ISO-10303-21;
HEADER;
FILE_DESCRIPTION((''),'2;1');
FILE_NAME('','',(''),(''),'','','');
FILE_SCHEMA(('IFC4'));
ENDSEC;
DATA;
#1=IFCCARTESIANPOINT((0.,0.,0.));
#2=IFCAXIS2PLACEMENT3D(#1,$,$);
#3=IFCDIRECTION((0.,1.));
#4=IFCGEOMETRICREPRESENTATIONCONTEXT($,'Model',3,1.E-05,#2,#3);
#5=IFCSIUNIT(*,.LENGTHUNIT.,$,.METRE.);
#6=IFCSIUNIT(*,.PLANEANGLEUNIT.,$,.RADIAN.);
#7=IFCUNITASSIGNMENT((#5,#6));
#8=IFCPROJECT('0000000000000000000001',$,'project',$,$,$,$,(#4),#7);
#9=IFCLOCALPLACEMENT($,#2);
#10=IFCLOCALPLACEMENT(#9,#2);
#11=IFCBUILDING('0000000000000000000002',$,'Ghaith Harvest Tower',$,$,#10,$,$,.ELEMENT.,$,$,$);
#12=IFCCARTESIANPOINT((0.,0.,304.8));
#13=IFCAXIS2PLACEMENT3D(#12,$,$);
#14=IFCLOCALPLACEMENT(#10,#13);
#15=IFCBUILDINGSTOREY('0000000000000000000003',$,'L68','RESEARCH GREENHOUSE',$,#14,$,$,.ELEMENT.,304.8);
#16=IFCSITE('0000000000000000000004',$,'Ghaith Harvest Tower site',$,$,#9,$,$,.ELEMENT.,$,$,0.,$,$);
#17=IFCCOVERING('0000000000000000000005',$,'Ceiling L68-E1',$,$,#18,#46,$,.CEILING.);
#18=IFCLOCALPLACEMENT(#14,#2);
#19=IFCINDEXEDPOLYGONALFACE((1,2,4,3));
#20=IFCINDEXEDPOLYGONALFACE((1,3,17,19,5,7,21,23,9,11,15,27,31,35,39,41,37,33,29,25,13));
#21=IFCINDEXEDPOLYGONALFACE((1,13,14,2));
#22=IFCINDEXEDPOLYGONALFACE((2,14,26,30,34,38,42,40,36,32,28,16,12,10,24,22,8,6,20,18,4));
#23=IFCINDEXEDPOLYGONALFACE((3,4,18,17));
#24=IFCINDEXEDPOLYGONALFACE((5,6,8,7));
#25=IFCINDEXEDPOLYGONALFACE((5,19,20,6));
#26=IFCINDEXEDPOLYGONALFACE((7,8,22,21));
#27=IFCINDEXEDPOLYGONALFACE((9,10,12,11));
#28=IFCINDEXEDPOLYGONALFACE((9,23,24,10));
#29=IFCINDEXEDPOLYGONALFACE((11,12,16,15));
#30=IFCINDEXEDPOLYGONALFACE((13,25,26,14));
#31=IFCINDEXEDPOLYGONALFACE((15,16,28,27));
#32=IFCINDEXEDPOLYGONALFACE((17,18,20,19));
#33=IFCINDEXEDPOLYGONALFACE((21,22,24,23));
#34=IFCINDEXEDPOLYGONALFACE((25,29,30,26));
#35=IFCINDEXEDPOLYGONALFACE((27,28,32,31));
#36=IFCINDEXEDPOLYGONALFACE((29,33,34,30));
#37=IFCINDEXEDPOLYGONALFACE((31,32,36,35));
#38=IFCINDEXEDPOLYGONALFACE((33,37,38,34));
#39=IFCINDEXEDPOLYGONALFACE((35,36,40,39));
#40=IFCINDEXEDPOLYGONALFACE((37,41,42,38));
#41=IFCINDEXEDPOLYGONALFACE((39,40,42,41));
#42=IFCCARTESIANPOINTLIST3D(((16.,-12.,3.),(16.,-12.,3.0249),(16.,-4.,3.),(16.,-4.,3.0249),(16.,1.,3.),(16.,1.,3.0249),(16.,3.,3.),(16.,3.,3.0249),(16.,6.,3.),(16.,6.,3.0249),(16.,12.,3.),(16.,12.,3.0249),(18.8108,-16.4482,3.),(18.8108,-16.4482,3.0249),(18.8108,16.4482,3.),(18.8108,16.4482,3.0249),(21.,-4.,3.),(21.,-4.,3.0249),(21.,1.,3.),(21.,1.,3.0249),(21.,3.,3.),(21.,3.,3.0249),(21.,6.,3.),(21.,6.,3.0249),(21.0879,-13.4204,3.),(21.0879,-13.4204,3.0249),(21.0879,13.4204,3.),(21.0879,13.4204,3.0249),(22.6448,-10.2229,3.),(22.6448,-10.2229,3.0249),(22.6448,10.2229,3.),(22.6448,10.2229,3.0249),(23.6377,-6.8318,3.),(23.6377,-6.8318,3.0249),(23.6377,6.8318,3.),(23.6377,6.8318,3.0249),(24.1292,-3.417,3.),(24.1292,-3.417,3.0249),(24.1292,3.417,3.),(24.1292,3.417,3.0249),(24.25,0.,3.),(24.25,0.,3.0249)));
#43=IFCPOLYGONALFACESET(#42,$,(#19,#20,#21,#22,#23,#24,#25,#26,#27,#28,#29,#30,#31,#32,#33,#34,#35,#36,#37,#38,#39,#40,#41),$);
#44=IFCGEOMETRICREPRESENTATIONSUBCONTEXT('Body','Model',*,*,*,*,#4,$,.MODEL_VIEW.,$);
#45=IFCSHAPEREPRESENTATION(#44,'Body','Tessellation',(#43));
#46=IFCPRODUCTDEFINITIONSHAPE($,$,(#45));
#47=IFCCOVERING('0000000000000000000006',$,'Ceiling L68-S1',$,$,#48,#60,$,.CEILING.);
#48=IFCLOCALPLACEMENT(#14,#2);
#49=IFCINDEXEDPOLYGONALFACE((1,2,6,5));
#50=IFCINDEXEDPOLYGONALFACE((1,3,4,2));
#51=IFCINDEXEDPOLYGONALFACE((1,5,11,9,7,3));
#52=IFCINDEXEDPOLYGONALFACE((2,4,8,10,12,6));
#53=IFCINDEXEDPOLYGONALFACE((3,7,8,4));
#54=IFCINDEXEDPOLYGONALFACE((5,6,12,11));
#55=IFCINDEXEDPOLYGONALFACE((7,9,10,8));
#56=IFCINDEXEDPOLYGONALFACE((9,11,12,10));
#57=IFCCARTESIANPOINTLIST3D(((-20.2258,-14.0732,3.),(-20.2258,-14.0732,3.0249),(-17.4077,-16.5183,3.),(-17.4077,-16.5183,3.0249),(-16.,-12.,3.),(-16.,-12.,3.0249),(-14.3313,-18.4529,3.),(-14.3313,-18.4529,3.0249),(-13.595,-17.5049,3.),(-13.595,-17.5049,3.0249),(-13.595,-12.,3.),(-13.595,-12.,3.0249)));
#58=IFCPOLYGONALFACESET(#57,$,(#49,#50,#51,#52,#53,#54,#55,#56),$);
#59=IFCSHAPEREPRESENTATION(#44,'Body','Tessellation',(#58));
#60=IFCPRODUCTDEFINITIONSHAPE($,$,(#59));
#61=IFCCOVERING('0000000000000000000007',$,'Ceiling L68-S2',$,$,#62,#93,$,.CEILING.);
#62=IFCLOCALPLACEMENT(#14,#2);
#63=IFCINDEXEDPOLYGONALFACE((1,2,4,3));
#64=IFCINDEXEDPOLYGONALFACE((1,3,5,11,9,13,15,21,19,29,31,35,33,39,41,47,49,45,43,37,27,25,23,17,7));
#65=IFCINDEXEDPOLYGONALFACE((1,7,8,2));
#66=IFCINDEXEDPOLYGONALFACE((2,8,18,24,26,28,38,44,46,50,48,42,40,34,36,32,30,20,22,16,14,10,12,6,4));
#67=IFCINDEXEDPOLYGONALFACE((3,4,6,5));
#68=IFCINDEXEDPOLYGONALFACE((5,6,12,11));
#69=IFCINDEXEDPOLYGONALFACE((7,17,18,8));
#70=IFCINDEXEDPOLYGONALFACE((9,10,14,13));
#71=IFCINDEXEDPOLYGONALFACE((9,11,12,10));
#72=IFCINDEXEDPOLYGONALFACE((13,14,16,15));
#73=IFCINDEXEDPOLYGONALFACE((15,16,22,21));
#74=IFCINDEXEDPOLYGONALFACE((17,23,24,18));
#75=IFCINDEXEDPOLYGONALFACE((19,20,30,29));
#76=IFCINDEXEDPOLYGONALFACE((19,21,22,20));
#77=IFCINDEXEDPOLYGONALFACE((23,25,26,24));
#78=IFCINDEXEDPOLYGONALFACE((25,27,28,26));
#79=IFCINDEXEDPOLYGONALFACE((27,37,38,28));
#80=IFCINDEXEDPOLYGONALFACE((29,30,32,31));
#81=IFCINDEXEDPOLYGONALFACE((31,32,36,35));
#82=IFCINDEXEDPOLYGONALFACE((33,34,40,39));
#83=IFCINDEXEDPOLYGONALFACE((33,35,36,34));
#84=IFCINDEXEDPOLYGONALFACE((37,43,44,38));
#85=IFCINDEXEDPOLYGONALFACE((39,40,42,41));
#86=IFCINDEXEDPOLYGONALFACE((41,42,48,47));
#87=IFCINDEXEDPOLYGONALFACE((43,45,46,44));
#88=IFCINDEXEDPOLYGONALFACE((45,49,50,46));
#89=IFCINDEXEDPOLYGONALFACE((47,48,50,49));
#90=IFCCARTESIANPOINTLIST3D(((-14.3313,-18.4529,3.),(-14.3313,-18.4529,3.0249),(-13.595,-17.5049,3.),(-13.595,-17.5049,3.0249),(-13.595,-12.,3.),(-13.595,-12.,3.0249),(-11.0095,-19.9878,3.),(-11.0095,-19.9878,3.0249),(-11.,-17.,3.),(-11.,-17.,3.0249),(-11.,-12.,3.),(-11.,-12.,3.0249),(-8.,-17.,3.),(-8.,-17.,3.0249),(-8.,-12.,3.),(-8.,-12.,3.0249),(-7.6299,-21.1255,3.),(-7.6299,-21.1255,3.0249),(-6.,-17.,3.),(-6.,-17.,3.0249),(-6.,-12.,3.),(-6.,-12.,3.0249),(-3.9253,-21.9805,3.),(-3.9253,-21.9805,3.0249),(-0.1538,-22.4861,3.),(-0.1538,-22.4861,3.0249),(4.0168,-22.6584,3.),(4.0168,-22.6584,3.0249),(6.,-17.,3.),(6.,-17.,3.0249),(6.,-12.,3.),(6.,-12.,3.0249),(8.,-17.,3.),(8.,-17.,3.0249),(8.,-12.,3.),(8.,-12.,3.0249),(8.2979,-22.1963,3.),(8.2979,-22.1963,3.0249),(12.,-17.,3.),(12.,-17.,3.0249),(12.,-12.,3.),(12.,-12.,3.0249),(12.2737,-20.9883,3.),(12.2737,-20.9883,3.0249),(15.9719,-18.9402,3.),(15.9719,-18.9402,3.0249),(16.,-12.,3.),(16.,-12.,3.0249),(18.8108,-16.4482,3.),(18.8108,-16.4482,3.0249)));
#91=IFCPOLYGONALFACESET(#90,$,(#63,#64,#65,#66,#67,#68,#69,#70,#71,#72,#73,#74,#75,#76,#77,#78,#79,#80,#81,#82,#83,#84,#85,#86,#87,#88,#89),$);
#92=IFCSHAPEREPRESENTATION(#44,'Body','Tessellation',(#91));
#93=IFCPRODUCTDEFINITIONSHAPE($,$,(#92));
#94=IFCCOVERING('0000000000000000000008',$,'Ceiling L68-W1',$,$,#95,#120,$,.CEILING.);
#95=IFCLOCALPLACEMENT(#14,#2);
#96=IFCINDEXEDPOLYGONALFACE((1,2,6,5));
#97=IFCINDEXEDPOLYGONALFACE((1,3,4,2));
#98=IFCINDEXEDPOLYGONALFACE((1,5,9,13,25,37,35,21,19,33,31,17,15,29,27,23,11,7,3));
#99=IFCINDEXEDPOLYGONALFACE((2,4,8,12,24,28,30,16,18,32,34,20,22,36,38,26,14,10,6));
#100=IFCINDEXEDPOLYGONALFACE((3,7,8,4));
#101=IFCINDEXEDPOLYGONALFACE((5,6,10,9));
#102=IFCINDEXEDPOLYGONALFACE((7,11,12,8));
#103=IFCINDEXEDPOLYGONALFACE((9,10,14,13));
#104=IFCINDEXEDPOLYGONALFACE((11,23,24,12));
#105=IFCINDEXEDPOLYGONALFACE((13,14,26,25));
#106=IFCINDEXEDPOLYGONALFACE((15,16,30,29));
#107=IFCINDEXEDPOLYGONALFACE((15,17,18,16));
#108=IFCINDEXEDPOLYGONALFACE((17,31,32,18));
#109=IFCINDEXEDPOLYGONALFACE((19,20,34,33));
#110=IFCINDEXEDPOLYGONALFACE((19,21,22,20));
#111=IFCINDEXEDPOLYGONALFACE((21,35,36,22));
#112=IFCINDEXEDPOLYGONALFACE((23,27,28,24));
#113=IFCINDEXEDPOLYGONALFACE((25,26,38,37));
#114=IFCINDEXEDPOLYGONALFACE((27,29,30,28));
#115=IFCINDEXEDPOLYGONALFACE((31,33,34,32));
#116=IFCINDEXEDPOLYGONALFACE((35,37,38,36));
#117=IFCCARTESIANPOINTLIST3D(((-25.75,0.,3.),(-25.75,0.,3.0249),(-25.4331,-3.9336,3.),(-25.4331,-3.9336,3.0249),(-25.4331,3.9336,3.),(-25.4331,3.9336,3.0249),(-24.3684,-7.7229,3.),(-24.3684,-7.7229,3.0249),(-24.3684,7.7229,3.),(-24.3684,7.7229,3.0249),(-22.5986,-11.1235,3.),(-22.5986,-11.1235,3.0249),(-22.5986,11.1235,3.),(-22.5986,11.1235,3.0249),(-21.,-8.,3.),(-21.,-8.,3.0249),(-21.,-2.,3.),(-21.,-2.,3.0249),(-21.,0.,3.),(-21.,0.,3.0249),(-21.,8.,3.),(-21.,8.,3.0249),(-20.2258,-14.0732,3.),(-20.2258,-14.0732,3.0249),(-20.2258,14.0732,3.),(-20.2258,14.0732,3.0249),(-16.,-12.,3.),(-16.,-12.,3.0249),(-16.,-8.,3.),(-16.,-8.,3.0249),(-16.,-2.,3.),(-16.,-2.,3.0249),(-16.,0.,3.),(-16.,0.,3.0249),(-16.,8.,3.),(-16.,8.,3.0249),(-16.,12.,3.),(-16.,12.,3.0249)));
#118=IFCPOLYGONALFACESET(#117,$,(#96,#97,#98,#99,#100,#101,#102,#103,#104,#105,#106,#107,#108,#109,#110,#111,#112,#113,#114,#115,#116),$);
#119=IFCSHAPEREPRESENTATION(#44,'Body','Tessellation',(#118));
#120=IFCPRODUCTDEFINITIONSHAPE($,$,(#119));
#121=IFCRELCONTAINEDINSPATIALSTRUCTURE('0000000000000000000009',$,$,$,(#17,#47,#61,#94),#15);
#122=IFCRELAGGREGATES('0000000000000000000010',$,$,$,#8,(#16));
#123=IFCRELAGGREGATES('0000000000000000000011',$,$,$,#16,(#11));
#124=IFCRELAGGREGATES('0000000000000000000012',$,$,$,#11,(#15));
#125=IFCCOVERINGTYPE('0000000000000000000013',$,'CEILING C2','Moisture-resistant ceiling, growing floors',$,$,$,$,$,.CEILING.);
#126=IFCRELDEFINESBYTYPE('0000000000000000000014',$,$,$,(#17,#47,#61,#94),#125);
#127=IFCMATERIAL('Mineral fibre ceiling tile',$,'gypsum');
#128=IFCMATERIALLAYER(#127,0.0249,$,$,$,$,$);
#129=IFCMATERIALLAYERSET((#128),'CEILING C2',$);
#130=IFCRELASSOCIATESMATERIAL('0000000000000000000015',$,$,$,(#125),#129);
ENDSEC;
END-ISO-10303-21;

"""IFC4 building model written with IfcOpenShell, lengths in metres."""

from ifc_helpers import new_model, si_unit, direction, frame, origin, place, context, subcontext, project, spatial, polyline, outline, extrude, material, layer, layer_set, type_object, element, save


model = new_model("IFC4")

# Units and contexts
model_context = context("Model", 3, precision=1e-05, world=origin(), true_north=direction((0.0, 1.0)))
body_context = subcontext(model_context, "Body", "Model", "MODEL_VIEW")
ifc_project = project(units=[si_unit("LENGTHUNIT", "METRE"), si_unit("PLANEANGLEUNIT", "RADIAN")], contexts=[model_context])

# Site, building, storey
site_placement = place(None, origin())
site = spatial("IfcSite", under=ifc_project, at=site_placement, Name="Ghaith Harvest Tower site", CompositionType="ELEMENT", RefElevation=0.0)
building_placement = place(site_placement, origin())
building = spatial("IfcBuilding", under=site, at=building_placement, Name="Ghaith Harvest Tower", CompositionType="ELEMENT")
storey_placement = place(building_placement, frame((0.0, 0.0, 304.8)))
storey = spatial("IfcBuildingStorey", under=building, at=storey_placement, Name="L68", Description="RESEARCH GREENHOUSE", CompositionType="ELEMENT", Elevation=304.8)

# Coverings
ifc_material_1 = material(Name="Mineral fibre ceiling tile", Category="gypsum")
ifc_layer_1 = layer(ifc_material_1, 0.0249)
ifc_layer_set_1 = layer_set([ifc_layer_1], Name="CEILING C2")
covering_type = type_object("IfcCoveringType", Name="CEILING C2", Description="Moisture-resistant ceiling, growing floors", PredefinedType="CEILING", material=ifc_layer_set_1)
covering_1_placement = place(storey_placement, frame((0.0, 0.0, 3.0)))
element("IfcCovering", 1, at=covering_1_placement, inside=storey, type_object=covering_type, Name="Ceiling L68-E1", PredefinedType="CEILING", context=body_context, shape_type="SweptSolid", body=[
    extrude(outline(polyline([(21.0879, 13.4204), (22.6448, 10.2229), (23.6377, 6.8318), (24.1292, 3.417), (24.25, 0.0), (24.1292, -3.417), (23.6377, -6.8318), (22.6448, -10.2229), (21.0879, -13.4204), (18.8108, -16.4482), (16.0, -12.0), (16.0, -4.0), (21.0, -4.0), (21.0, 1.0), (16.0, 1.0), (16.0, 3.0), (21.0, 3.0), (21.0, 6.0), (16.0, 6.0), (16.0, 12.0), (18.8108, 16.4482), (21.0879, 13.4204)])), origin(), (0.0, 0.0, 1.0), 0.0249),
])
covering_2_placement = place(storey_placement, frame((0.0, 0.0, 3.0)))
element("IfcCovering", 2, at=covering_2_placement, inside=storey, type_object=covering_type, Name="Ceiling L68-S1", PredefinedType="CEILING", context=body_context, shape_type="SweptSolid", body=[
    extrude(outline(polyline([(-20.2258, -14.0732), (-16.0, -12.0), (-13.595, -12.0), (-13.595, -17.5049), (-14.3313, -18.4529), (-17.4077, -16.5183), (-20.2258, -14.0732)])), origin(), (0.0, 0.0, 1.0), 0.0249),
])
covering_3_placement = place(storey_placement, frame((0.0, 0.0, 3.0)))
element("IfcCovering", 3, at=covering_3_placement, inside=storey, type_object=covering_type, Name="Ceiling L68-S2", PredefinedType="CEILING", context=body_context, shape_type="SweptSolid", body=[
    extrude(outline(polyline([(-13.595, -12.0), (-11.0, -12.0), (-11.0, -17.0), (-8.0, -17.0), (-8.0, -12.0), (-6.0, -12.0), (-6.0, -17.0), (6.0, -17.0), (6.0, -12.0), (8.0, -12.0), (8.0, -17.0), (12.0, -17.0), (12.0, -12.0), (16.0, -12.0), (18.8108, -16.4482), (15.9719, -18.9402), (12.2737, -20.9883), (8.2979, -22.1963), (4.0168, -22.6584), (-0.1538, -22.4861), (-3.9253, -21.9805), (-7.6299, -21.1255), (-11.0095, -19.9878), (-14.3313, -18.4529), (-14.3313, -18.4529), (-13.595, -17.5049), (-13.595, -12.0)])), origin(), (0.0, 0.0, 1.0), 0.0249),
])
covering_4_placement = place(storey_placement, frame((0.0, 0.0, 3.0)))
element("IfcCovering", 4, at=covering_4_placement, inside=storey, type_object=covering_type, Name="Ceiling L68-W1", PredefinedType="CEILING", context=body_context, shape_type="SweptSolid", body=[
    extrude(outline(polyline([(-22.5986, -11.1235), (-24.3684, -7.7229), (-25.4331, -3.9336), (-25.75, 0.0), (-25.4331, 3.9336), (-24.3684, 7.7229), (-22.5986, 11.1235), (-20.2258, 14.0732), (-16.0, 12.0), (-16.0, 8.0), (-21.0, 8.0), (-21.0, 0.0), (-16.0, 0.0), (-16.0, -2.0), (-21.0, -2.0), (-21.0, -8.0), (-16.0, -8.0), (-16.0, -12.0), (-20.2258, -14.0732), (-22.5986, -11.1235)])), origin(), (0.0, 0.0, 1.0), 0.0249),
])

save(model, "model.ifc")
